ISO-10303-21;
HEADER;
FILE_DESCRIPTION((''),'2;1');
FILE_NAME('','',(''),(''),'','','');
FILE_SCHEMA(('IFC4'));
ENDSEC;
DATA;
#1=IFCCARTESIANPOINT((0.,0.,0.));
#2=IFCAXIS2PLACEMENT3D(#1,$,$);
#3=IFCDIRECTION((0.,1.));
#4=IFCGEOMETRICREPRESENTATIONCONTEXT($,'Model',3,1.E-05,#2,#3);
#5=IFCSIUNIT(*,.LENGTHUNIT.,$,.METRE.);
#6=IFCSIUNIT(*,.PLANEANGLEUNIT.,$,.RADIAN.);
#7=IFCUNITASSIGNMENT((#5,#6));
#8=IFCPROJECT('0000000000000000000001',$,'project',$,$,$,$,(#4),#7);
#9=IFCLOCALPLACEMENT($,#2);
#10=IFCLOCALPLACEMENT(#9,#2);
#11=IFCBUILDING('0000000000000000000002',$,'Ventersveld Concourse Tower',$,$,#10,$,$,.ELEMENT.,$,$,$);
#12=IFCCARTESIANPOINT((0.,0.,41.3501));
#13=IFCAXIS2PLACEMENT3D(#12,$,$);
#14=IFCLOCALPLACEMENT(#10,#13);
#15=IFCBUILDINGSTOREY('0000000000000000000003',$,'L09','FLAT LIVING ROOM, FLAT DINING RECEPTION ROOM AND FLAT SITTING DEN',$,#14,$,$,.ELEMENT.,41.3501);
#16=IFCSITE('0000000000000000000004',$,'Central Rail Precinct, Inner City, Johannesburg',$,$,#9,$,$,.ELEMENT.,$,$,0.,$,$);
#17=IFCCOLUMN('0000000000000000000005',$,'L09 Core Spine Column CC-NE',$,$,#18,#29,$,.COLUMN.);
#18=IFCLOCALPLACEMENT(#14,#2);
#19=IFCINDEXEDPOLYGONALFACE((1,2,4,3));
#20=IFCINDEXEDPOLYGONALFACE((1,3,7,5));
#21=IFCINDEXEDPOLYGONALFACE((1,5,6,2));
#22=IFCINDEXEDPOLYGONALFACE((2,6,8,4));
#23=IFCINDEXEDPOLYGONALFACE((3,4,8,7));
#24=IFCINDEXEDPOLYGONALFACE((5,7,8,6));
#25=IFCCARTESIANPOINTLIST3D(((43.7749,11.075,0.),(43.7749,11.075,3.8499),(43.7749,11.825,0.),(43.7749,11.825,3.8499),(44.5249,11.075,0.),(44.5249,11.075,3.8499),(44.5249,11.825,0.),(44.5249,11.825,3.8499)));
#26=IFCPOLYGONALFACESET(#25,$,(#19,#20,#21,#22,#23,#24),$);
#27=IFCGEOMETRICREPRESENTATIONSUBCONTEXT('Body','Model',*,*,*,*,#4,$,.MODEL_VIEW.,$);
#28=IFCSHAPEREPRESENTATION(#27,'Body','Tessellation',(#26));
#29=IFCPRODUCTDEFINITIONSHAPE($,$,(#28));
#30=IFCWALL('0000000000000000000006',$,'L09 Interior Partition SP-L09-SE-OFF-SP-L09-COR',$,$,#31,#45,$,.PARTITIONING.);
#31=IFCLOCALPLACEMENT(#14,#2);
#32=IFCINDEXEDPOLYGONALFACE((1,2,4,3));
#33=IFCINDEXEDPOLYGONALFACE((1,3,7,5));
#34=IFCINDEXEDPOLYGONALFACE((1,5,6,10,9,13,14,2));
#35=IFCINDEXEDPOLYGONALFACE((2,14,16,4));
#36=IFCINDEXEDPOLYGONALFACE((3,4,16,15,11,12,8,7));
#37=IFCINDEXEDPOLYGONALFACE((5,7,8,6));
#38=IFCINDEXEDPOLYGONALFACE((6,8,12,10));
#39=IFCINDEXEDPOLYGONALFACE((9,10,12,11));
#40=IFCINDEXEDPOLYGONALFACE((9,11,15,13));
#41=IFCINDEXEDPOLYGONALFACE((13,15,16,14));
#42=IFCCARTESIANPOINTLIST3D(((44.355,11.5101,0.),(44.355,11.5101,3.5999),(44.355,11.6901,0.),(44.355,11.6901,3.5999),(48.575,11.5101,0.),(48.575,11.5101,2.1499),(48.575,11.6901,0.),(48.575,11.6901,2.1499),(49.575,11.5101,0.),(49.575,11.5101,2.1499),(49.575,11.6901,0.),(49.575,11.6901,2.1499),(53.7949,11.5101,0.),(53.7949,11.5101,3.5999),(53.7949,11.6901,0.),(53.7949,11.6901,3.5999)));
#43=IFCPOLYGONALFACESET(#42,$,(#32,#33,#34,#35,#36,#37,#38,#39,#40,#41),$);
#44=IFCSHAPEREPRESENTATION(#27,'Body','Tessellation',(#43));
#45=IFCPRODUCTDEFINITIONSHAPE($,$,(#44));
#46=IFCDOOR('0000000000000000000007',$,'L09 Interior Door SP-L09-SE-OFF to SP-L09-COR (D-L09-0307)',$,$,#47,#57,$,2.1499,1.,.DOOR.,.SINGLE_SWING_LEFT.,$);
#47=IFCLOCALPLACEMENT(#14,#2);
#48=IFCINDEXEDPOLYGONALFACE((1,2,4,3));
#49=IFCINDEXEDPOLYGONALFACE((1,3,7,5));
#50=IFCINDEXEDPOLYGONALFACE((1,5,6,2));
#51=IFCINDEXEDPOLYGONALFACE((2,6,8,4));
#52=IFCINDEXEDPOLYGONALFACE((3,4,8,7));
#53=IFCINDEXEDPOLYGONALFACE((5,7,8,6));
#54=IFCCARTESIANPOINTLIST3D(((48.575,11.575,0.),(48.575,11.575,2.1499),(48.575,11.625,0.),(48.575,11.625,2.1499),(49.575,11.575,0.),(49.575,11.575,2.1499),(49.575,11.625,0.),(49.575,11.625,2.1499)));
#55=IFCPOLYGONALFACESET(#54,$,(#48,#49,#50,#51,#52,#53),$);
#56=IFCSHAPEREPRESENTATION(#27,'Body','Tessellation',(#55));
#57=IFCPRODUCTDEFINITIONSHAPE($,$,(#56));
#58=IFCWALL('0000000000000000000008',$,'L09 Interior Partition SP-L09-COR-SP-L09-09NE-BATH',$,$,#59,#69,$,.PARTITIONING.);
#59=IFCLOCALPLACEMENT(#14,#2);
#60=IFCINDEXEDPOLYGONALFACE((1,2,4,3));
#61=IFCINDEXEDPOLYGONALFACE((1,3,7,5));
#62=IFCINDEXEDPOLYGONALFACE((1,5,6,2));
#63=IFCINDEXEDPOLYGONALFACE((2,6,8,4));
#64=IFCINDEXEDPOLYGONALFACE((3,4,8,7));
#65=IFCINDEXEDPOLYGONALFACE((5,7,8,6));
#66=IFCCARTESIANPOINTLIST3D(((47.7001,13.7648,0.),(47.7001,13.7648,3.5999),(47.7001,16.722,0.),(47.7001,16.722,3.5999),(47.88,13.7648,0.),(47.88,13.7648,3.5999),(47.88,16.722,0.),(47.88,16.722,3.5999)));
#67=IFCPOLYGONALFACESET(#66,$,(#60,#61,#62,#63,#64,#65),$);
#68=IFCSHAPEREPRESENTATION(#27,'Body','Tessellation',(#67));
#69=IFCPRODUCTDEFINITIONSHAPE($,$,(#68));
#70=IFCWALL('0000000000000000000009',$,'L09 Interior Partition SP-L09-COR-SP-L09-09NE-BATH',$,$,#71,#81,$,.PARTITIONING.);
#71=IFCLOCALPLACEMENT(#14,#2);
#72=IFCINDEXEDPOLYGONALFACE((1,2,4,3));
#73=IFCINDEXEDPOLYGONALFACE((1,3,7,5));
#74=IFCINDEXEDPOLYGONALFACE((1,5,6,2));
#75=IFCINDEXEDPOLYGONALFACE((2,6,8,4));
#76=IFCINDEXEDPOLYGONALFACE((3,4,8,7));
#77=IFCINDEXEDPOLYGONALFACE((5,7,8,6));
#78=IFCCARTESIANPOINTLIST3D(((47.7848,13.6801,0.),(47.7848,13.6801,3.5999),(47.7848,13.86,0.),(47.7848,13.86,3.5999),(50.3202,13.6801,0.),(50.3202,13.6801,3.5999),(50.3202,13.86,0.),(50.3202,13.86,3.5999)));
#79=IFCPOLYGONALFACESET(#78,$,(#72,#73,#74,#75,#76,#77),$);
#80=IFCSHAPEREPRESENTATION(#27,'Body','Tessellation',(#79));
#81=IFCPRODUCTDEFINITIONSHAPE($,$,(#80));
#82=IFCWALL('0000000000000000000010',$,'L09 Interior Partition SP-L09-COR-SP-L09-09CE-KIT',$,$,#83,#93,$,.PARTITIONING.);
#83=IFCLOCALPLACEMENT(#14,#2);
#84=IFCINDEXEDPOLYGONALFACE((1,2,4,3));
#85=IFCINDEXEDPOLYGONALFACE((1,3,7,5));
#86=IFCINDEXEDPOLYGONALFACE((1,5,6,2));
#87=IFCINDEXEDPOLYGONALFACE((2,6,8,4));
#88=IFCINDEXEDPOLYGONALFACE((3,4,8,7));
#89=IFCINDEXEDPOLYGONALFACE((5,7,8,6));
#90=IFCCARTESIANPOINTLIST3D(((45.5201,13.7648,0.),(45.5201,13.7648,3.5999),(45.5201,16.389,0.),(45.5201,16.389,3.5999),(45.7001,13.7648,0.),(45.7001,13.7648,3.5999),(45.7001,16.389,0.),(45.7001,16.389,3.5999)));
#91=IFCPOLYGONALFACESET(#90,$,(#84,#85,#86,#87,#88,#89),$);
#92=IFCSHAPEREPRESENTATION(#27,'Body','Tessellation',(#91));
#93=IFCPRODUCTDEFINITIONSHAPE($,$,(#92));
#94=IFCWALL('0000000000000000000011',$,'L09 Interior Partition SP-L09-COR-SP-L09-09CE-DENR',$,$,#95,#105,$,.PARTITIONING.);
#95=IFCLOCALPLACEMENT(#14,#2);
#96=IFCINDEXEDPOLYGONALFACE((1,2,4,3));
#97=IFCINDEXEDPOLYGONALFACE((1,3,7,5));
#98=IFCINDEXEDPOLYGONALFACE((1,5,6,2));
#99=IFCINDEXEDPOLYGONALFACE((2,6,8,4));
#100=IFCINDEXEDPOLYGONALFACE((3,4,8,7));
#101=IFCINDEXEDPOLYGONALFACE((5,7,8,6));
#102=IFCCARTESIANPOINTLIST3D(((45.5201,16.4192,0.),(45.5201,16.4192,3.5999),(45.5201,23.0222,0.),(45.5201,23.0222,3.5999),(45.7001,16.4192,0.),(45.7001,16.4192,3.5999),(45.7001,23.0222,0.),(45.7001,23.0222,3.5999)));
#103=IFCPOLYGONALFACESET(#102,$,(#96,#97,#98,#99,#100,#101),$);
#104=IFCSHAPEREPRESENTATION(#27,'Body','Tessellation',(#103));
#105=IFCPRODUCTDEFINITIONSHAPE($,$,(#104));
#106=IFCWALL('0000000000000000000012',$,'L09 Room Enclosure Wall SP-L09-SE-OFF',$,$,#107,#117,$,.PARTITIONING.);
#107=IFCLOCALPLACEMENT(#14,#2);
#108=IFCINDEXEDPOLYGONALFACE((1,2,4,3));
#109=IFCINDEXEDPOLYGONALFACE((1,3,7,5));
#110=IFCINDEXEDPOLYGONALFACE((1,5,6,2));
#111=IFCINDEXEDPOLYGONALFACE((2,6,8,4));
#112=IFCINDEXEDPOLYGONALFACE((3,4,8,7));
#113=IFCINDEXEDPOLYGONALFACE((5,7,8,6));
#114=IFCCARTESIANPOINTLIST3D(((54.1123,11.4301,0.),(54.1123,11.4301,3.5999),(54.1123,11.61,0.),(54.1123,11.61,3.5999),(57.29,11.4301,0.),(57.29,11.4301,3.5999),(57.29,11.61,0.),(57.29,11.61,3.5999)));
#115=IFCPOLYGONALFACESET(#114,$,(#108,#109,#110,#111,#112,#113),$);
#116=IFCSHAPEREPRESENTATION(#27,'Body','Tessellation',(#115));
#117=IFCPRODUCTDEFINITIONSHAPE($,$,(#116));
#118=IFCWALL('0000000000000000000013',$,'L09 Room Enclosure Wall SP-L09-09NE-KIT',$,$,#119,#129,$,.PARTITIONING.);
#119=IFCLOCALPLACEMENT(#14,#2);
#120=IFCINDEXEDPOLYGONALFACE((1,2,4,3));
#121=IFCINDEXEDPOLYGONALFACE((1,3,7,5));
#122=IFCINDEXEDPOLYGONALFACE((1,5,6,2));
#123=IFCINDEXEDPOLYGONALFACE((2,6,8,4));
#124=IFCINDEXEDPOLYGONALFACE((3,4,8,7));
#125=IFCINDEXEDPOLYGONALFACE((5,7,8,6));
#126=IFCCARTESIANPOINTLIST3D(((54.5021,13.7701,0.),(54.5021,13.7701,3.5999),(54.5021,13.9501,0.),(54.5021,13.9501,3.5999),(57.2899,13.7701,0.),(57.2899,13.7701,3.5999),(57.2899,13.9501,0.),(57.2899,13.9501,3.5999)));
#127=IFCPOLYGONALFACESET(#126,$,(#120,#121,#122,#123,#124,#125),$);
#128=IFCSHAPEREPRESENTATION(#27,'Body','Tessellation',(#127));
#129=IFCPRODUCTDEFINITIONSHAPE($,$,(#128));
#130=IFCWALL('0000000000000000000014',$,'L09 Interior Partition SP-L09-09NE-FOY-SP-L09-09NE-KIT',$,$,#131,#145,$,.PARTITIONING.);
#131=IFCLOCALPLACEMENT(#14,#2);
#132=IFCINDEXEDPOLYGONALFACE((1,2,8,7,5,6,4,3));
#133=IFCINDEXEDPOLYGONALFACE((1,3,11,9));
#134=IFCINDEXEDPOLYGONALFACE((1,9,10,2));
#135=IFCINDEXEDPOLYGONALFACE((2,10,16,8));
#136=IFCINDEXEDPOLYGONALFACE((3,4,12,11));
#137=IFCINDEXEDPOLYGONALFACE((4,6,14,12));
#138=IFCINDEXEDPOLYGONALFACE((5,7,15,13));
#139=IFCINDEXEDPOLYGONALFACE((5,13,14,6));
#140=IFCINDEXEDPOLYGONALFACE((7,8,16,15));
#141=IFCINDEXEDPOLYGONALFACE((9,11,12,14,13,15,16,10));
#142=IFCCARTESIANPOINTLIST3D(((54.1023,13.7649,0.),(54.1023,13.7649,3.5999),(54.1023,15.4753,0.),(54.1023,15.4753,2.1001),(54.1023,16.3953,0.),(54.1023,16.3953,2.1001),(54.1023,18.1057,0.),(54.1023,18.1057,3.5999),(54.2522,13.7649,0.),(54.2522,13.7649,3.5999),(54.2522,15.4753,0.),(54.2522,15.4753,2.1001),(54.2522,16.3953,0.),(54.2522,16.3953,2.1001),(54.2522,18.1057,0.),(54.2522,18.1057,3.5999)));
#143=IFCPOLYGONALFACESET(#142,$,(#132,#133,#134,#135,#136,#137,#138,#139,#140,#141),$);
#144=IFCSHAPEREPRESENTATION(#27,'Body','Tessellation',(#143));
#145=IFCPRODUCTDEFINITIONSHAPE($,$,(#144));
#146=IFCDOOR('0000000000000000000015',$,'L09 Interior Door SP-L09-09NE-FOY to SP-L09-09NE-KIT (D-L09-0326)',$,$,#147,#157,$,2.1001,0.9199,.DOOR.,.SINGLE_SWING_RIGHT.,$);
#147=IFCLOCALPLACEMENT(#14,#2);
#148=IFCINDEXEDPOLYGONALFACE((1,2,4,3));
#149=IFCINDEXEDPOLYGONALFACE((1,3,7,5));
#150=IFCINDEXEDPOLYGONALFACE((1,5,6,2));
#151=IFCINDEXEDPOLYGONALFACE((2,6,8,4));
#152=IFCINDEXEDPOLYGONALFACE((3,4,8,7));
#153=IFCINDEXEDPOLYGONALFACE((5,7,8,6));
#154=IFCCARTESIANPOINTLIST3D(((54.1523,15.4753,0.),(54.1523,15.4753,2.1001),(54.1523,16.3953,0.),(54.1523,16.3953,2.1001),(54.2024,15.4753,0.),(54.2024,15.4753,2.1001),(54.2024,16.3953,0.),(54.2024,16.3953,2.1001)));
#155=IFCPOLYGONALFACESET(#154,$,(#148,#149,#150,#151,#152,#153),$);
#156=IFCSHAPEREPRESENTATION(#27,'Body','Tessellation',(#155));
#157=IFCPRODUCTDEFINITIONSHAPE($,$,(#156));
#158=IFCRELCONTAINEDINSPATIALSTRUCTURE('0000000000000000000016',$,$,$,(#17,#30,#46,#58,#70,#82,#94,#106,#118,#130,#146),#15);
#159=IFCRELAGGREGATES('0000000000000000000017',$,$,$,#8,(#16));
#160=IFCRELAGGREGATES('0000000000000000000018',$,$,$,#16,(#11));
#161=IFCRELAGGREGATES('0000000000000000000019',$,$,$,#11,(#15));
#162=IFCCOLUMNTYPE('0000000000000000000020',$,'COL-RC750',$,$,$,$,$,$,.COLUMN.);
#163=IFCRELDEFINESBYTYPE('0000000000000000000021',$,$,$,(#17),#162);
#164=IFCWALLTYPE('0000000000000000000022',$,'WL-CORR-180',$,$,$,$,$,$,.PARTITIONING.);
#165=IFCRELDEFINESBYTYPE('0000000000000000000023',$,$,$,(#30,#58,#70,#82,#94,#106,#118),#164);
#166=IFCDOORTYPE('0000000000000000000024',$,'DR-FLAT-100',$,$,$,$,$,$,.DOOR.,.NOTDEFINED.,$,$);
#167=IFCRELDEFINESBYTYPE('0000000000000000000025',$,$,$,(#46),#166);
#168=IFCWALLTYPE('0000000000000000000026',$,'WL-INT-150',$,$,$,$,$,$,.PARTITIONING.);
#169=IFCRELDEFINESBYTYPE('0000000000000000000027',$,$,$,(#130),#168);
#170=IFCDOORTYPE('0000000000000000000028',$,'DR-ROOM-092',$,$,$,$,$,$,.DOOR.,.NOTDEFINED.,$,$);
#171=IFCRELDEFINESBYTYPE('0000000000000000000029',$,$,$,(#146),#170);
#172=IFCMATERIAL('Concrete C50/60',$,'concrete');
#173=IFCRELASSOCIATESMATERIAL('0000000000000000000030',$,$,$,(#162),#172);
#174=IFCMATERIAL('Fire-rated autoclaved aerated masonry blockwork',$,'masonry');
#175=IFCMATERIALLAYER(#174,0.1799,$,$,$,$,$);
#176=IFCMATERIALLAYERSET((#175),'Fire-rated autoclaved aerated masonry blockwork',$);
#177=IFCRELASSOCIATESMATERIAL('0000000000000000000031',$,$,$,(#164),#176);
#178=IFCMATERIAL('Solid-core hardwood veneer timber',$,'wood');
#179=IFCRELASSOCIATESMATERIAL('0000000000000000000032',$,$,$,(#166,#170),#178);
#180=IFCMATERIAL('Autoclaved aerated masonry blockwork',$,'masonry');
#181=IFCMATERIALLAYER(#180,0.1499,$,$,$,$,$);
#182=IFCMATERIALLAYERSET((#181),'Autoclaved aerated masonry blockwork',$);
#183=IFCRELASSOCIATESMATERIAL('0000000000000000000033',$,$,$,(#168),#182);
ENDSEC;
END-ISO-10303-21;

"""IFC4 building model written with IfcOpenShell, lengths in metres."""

from ifc_helpers import new_model, si_unit, direction, frame, frame_2d, origin, origin_2d, place, context, subcontext, project, spatial, rectangle, extrude, material, layer, layer_set, material_profile, profile_set, type_object, element, fill, save


model = new_model("IFC4")

# Units and contexts
model_context = context("Model", 3, precision=1e-05, world=origin(), true_north=direction((0.0, 1.0)))
body_context = subcontext(model_context, "Body", "Model", "MODEL_VIEW")
ifc_project = project(units=[si_unit("LENGTHUNIT", "METRE"), si_unit("PLANEANGLEUNIT", "RADIAN")], contexts=[model_context])

# Site, building, storey
site_placement = place(None, origin())
site = spatial("IfcSite", under=ifc_project, at=site_placement, Name="Central Rail Precinct, Inner City, Johannesburg", CompositionType="ELEMENT", RefElevation=0.0)
building_placement = place(site_placement, origin())
building = spatial("IfcBuilding", under=site, at=building_placement, Name="Ventersveld Concourse Tower", CompositionType="ELEMENT")
storey_placement = place(building_placement, frame((0.0, 0.0, 41.3501)))
storey = spatial("IfcBuildingStorey", under=building, at=storey_placement, Name="L09", Description="FLAT LIVING ROOM, FLAT DINING RECEPTION ROOM AND FLAT SITTING DEN", CompositionType="ELEMENT", Elevation=41.3501)

# Column
ifc_material_1 = material(Name="Concrete C50/60", Category="concrete")
ifc_material_profile = material_profile(ifc_material_1, rectangle(XDim=0.75, YDim=0.75, at=origin_2d()), Name="RC 750x750")
ifc_profile_set = profile_set([ifc_material_profile], Name="Concrete C50/60")
column_type = type_object("IfcColumnType", Name="COL-RC750", PredefinedType="COLUMN", material=ifc_profile_set)
column_placement = place(storey_placement, frame((44.1499, 11.45, 0.0), z_axis=(0.0, 0.0, 1.0), x_axis=(1.0, 0.0, 0.0)))
element("IfcColumn", 1, at=column_placement, inside=storey, type_object=column_type, Name="L09 Core Spine Column CC-NE", PredefinedType="COLUMN", context=body_context, shape_type="SweptSolid", body=[
    extrude(rectangle(XDim=0.75, YDim=0.75, at=origin_2d()), origin(), (0.0, 0.0, 1.0), 3.8499),
])

# Wall, opening, door
ifc_material_2 = material(Name="Fire-rated autoclaved aerated masonry blockwork", Category="masonry")
ifc_layer_1 = layer(ifc_material_2, 0.1799)
ifc_layer_set_1 = layer_set([ifc_layer_1], Name="Fire-rated autoclaved aerated masonry blockwork")
wall_type_1 = type_object("IfcWallType", Name="WL-CORR-180", PredefinedType="PARTITIONING", material=ifc_layer_set_1)
wall_1_placement = place(storey_placement, frame((44.355, 11.6001, 0.0), z_axis=(0.0, 0.0, 1.0), x_axis=(1.0, 0.0, 0.0)))
wall_1 = element("IfcWall", 2, at=wall_1_placement, inside=storey, type_object=wall_type_1, Name="L09 Interior Partition SP-L09-SE-OFF-SP-L09-COR", PredefinedType="PARTITIONING", context=body_context, shape_type="SweptSolid", body=[
    extrude(rectangle(XDim=9.4399, YDim=0.1799, at=frame_2d((4.72, 0.0))), origin(), (0.0, 0.0, 1.0), 3.5999),
])
opening_1_placement = place(wall_1_placement, frame((4.22, 0.0, 0.0)))
opening_1 = element("IfcOpeningElement", 3, at=opening_1_placement, cuts=wall_1, PredefinedType="OPENING", context=body_context, shape_type="SweptSolid", body=[
    extrude(rectangle(XDim=1.0, YDim=2.1499, at=frame_2d((0.5, 1.075))), frame((0.0, 0.1001, 0.0), z_axis=(0.0, -1.0, 0.0), x_axis=(1.0, 0.0, 0.0)), (0.0, 0.0, 1.0), 0.2),
])
ifc_material_3 = material(Name="Solid-core hardwood veneer timber", Category="wood")
door_type_1 = type_object("IfcDoorType", Name="DR-FLAT-100", OperationType="NOTDEFINED", PredefinedType="DOOR", material=ifc_material_3)
door_1_placement = place(opening_1_placement, origin())
door_1 = element("IfcDoor", 4, at=door_1_placement, inside=storey, type_object=door_type_1, Name="L09 Interior Door SP-L09-SE-OFF to SP-L09-COR (D-L09-0307)", OperationType="SINGLE_SWING_LEFT", OverallHeight=2.1499, OverallWidth=1.0, PredefinedType="DOOR", context=body_context, shape_type="SweptSolid", body=[
    extrude(rectangle(XDim=1.0, YDim=2.1499, at=frame_2d((0.5, 1.075))), frame((0.0, 0.0249, 0.0), z_axis=(0.0, -1.0, 0.0), x_axis=(1.0, 0.0, 0.0)), (0.0, 0.0, 1.0), 0.05),
])
fill(opening_1, door_1)

# Walls
wall_2_placement = place(storey_placement, frame((47.79, 13.7649, 0.0), z_axis=(0.0, 0.0, 1.0), x_axis=(0.0, 1.0, 0.0)))
element("IfcWall", 5, at=wall_2_placement, inside=storey, type_object=wall_type_1, Name="L09 Interior Partition SP-L09-COR-SP-L09-09NE-BATH", PredefinedType="PARTITIONING", context=body_context, shape_type="SweptSolid", body=[
    extrude(rectangle(XDim=2.9573, YDim=0.1799, at=frame_2d((1.4785, 0.0))), origin(), (0.0, 0.0, 1.0), 3.5999),
])
wall_3_placement = place(storey_placement, frame((47.7849, 13.77, 0.0), z_axis=(0.0, 0.0, 1.0), x_axis=(1.0, 0.0, 0.0)))
element("IfcWall", 6, at=wall_3_placement, inside=storey, type_object=wall_type_1, Name="L09 Interior Partition SP-L09-COR-SP-L09-09NE-BATH", PredefinedType="PARTITIONING", context=body_context, shape_type="SweptSolid", body=[
    extrude(rectangle(XDim=2.5354, YDim=0.1799, at=frame_2d((1.2676, 0.0))), origin(), (0.0, 0.0, 1.0), 3.5999),
])
wall_4_placement = place(storey_placement, frame((45.6101, 13.7649, 0.0), z_axis=(0.0, 0.0, 1.0), x_axis=(0.0, 1.0, 0.0)))
element("IfcWall", 7, at=wall_4_placement, inside=storey, type_object=wall_type_1, Name="L09 Interior Partition SP-L09-COR-SP-L09-09CE-KIT", PredefinedType="PARTITIONING", context=body_context, shape_type="SweptSolid", body=[
    extrude(rectangle(XDim=2.6243, YDim=0.1799, at=frame_2d((1.312, 0.0))), origin(), (0.0, 0.0, 1.0), 3.5999),
])
wall_5_placement = place(storey_placement, frame((45.6101, 16.4192, 0.0), z_axis=(0.0, 0.0, 1.0), x_axis=(0.0, 1.0, 0.0)))
element("IfcWall", 8, at=wall_5_placement, inside=storey, type_object=wall_type_1, Name="L09 Interior Partition SP-L09-COR-SP-L09-09CE-DENR", PredefinedType="PARTITIONING", context=body_context, shape_type="SweptSolid", body=[
    extrude(rectangle(XDim=6.603, YDim=0.1799, at=frame_2d((3.3015, 0.0))), origin(), (0.0, 0.0, 1.0), 3.5999),
])
wall_6_placement = place(storey_placement, frame((54.1123, 11.52, 0.0), z_axis=(0.0, 0.0, 1.0), x_axis=(1.0, 0.0, 0.0)))
element("IfcWall", 9, at=wall_6_placement, inside=storey, type_object=wall_type_1, Name="L09 Room Enclosure Wall SP-L09-SE-OFF", PredefinedType="PARTITIONING", context=body_context, shape_type="SweptSolid", body=[
    extrude(rectangle(XDim=3.1777, YDim=0.1799, at=frame_2d((1.5889, 0.0))), origin(), (0.0, 0.0, 1.0), 3.5999),
])
wall_7_placement = place(storey_placement, frame((57.29, 13.8601, 0.0), z_axis=(0.0, 0.0, 1.0), x_axis=(-1.0, 0.0, 0.0)))
element("IfcWall", 10, at=wall_7_placement, inside=storey, type_object=wall_type_1, Name="L09 Room Enclosure Wall SP-L09-09NE-KIT", PredefinedType="PARTITIONING", context=body_context, shape_type="SweptSolid", body=[
    extrude(rectangle(XDim=2.7878, YDim=0.1799, at=frame_2d((1.394, 0.0))), origin(), (0.0, 0.0, 1.0), 3.5999),
])

# Wall, opening, door
ifc_material_4 = material(Name="Autoclaved aerated masonry blockwork", Category="masonry")
ifc_layer_2 = layer(ifc_material_4, 0.1499)
ifc_layer_set_2 = layer_set([ifc_layer_2], Name="Autoclaved aerated masonry blockwork")
wall_type_2 = type_object("IfcWallType", Name="WL-INT-150", PredefinedType="PARTITIONING", material=ifc_layer_set_2)
wall_8_placement = place(storey_placement, frame((54.1772, 13.7649, 0.0), z_axis=(0.0, 0.0, 1.0), x_axis=(0.0, 1.0, 0.0)))
wall_8 = element("IfcWall", 11, at=wall_8_placement, inside=storey, type_object=wall_type_2, Name="L09 Interior Partition SP-L09-09NE-FOY-SP-L09-09NE-KIT", PredefinedType="PARTITIONING", context=body_context, shape_type="SweptSolid", body=[
    extrude(rectangle(XDim=4.3408, YDim=0.1499, at=frame_2d((2.1704, 0.0))), origin(), (0.0, 0.0, 1.0), 3.5999),
])
opening_2_placement = place(wall_8_placement, frame((1.7104, 0.0, 0.0)))
opening_2 = element("IfcOpeningElement", 12, at=opening_2_placement, cuts=wall_8, PredefinedType="OPENING", context=body_context, shape_type="SweptSolid", body=[
    extrude(rectangle(XDim=0.9199, YDim=2.1001, at=frame_2d((0.46, 1.05))), frame((0.0, 0.085, 0.0), z_axis=(0.0, -1.0, 0.0), x_axis=(1.0, 0.0, 0.0)), (0.0, 0.0, 1.0), 0.1699),
])
door_type_2 = type_object("IfcDoorType", Name="DR-ROOM-092", OperationType="NOTDEFINED", PredefinedType="DOOR", material=ifc_material_3)
door_2_placement = place(opening_2_placement, origin())
door_2 = element("IfcDoor", 13, at=door_2_placement, inside=storey, type_object=door_type_2, Name="L09 Interior Door SP-L09-09NE-FOY to SP-L09-09NE-KIT (D-L09-0326)", OperationType="SINGLE_SWING_RIGHT", OverallHeight=2.1001, OverallWidth=0.9199, PredefinedType="DOOR", context=body_context, shape_type="SweptSolid", body=[
    extrude(rectangle(XDim=0.9199, YDim=2.1001, at=frame_2d((0.46, 1.05))), frame((0.0, 0.0249, 0.0), z_axis=(0.0, -1.0, 0.0), x_axis=(1.0, 0.0, 0.0)), (0.0, 0.0, 1.0), 0.05),
])
fill(opening_2, door_2)

save(model, "model.ifc")
